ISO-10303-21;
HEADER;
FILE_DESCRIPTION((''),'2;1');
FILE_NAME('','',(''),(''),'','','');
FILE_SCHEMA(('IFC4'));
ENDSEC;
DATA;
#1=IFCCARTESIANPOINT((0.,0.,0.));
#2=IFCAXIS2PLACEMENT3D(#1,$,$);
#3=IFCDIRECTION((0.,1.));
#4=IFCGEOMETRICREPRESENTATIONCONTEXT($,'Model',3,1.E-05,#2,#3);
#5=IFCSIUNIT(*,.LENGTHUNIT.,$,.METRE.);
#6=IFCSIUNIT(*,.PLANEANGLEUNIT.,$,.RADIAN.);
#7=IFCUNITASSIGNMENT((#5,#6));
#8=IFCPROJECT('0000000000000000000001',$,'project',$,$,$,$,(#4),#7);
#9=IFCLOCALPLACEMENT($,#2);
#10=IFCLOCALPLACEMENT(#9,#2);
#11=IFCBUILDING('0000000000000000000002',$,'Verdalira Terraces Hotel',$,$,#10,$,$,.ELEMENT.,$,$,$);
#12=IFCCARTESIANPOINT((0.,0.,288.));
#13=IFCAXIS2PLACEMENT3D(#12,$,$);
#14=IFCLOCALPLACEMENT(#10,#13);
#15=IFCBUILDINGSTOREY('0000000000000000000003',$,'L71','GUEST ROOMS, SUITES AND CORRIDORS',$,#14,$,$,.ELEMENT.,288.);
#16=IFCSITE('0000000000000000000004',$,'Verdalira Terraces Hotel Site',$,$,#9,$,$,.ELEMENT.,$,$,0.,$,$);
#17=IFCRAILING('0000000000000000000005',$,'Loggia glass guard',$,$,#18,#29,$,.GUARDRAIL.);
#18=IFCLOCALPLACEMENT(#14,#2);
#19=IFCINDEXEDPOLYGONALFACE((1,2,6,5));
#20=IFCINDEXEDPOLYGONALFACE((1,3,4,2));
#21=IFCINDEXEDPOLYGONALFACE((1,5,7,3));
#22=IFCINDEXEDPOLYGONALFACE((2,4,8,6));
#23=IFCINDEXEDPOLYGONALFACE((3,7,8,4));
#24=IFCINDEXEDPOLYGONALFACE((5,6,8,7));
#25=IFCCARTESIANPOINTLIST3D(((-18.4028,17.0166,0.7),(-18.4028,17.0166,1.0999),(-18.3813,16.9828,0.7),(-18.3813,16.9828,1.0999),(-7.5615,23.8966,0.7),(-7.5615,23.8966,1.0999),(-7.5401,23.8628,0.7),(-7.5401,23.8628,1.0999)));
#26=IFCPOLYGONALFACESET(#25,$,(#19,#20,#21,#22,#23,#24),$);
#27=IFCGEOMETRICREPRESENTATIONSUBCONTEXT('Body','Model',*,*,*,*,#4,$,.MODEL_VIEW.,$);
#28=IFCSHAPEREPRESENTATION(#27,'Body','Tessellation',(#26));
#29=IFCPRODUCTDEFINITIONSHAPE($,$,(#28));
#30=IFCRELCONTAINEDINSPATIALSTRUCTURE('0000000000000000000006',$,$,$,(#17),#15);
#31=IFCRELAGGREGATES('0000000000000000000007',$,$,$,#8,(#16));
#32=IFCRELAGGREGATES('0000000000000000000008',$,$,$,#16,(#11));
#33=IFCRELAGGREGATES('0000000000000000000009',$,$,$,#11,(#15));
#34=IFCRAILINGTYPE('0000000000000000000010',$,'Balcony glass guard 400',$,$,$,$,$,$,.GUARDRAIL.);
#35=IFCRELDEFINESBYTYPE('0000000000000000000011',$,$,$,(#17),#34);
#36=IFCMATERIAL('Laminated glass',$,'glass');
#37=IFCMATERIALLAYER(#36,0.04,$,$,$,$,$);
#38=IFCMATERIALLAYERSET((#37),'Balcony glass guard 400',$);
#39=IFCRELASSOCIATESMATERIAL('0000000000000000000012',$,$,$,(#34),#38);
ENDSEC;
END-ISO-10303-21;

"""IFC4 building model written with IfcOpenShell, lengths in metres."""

from ifc_helpers import new_model, si_unit, direction, frame, origin, origin_2d, place, context, subcontext, project, spatial, rectangle, extrude, material, layer, layer_set, type_object, element, save


model = new_model("IFC4")

# Units and contexts
model_context = context("Model", 3, precision=1e-05, world=origin(), true_north=direction((0.0, 1.0)))
body_context = subcontext(model_context, "Body", "Model", "MODEL_VIEW")
ifc_project = project(units=[si_unit("LENGTHUNIT", "METRE"), si_unit("PLANEANGLEUNIT", "RADIAN")], contexts=[model_context])

# Site, building, storey
site_placement = place(None, origin())
site = spatial("IfcSite", under=ifc_project, at=site_placement, Name="Verdalira Terraces Hotel Site", CompositionType="ELEMENT", RefElevation=0.0)
building_placement = place(site_placement, origin())
building = spatial("IfcBuilding", under=site, at=building_placement, Name="Verdalira Terraces Hotel", CompositionType="ELEMENT")
storey_placement = place(building_placement, frame((0.0, 0.0, 288.0)))
storey = spatial("IfcBuildingStorey", under=building, at=storey_placement, Name="L71", Description="GUEST ROOMS, SUITES AND CORRIDORS", CompositionType="ELEMENT", Elevation=288.0)

# Railing
ifc_material_1 = material(Name="Laminated glass", Category="glass")
ifc_layer_1 = layer(ifc_material_1, 0.04)
ifc_layer_set_1 = layer_set([ifc_layer_1], Name="Balcony glass guard 400")
railing_type = type_object("IfcRailingType", Name="Balcony glass guard 400", PredefinedType="GUARDRAIL", material=ifc_layer_set_1)
railing_placement = place(storey_placement, frame((-12.9714, 20.4397, 0.7), z_axis=(0.0, 0.0, 1.0), x_axis=(-0.844328, -0.535827, 0.0)))
element("IfcRailing", 1, at=railing_placement, inside=storey, type_object=railing_type, Name="Loggia glass guard", PredefinedType="GUARDRAIL", context=body_context, shape_type="SweptSolid", body=[
    extrude(rectangle(XDim=12.8401, YDim=0.04, at=origin_2d()), origin(), (0.0, 0.0, 1.0), 0.3999),
])

save(model, "model.ifc")
